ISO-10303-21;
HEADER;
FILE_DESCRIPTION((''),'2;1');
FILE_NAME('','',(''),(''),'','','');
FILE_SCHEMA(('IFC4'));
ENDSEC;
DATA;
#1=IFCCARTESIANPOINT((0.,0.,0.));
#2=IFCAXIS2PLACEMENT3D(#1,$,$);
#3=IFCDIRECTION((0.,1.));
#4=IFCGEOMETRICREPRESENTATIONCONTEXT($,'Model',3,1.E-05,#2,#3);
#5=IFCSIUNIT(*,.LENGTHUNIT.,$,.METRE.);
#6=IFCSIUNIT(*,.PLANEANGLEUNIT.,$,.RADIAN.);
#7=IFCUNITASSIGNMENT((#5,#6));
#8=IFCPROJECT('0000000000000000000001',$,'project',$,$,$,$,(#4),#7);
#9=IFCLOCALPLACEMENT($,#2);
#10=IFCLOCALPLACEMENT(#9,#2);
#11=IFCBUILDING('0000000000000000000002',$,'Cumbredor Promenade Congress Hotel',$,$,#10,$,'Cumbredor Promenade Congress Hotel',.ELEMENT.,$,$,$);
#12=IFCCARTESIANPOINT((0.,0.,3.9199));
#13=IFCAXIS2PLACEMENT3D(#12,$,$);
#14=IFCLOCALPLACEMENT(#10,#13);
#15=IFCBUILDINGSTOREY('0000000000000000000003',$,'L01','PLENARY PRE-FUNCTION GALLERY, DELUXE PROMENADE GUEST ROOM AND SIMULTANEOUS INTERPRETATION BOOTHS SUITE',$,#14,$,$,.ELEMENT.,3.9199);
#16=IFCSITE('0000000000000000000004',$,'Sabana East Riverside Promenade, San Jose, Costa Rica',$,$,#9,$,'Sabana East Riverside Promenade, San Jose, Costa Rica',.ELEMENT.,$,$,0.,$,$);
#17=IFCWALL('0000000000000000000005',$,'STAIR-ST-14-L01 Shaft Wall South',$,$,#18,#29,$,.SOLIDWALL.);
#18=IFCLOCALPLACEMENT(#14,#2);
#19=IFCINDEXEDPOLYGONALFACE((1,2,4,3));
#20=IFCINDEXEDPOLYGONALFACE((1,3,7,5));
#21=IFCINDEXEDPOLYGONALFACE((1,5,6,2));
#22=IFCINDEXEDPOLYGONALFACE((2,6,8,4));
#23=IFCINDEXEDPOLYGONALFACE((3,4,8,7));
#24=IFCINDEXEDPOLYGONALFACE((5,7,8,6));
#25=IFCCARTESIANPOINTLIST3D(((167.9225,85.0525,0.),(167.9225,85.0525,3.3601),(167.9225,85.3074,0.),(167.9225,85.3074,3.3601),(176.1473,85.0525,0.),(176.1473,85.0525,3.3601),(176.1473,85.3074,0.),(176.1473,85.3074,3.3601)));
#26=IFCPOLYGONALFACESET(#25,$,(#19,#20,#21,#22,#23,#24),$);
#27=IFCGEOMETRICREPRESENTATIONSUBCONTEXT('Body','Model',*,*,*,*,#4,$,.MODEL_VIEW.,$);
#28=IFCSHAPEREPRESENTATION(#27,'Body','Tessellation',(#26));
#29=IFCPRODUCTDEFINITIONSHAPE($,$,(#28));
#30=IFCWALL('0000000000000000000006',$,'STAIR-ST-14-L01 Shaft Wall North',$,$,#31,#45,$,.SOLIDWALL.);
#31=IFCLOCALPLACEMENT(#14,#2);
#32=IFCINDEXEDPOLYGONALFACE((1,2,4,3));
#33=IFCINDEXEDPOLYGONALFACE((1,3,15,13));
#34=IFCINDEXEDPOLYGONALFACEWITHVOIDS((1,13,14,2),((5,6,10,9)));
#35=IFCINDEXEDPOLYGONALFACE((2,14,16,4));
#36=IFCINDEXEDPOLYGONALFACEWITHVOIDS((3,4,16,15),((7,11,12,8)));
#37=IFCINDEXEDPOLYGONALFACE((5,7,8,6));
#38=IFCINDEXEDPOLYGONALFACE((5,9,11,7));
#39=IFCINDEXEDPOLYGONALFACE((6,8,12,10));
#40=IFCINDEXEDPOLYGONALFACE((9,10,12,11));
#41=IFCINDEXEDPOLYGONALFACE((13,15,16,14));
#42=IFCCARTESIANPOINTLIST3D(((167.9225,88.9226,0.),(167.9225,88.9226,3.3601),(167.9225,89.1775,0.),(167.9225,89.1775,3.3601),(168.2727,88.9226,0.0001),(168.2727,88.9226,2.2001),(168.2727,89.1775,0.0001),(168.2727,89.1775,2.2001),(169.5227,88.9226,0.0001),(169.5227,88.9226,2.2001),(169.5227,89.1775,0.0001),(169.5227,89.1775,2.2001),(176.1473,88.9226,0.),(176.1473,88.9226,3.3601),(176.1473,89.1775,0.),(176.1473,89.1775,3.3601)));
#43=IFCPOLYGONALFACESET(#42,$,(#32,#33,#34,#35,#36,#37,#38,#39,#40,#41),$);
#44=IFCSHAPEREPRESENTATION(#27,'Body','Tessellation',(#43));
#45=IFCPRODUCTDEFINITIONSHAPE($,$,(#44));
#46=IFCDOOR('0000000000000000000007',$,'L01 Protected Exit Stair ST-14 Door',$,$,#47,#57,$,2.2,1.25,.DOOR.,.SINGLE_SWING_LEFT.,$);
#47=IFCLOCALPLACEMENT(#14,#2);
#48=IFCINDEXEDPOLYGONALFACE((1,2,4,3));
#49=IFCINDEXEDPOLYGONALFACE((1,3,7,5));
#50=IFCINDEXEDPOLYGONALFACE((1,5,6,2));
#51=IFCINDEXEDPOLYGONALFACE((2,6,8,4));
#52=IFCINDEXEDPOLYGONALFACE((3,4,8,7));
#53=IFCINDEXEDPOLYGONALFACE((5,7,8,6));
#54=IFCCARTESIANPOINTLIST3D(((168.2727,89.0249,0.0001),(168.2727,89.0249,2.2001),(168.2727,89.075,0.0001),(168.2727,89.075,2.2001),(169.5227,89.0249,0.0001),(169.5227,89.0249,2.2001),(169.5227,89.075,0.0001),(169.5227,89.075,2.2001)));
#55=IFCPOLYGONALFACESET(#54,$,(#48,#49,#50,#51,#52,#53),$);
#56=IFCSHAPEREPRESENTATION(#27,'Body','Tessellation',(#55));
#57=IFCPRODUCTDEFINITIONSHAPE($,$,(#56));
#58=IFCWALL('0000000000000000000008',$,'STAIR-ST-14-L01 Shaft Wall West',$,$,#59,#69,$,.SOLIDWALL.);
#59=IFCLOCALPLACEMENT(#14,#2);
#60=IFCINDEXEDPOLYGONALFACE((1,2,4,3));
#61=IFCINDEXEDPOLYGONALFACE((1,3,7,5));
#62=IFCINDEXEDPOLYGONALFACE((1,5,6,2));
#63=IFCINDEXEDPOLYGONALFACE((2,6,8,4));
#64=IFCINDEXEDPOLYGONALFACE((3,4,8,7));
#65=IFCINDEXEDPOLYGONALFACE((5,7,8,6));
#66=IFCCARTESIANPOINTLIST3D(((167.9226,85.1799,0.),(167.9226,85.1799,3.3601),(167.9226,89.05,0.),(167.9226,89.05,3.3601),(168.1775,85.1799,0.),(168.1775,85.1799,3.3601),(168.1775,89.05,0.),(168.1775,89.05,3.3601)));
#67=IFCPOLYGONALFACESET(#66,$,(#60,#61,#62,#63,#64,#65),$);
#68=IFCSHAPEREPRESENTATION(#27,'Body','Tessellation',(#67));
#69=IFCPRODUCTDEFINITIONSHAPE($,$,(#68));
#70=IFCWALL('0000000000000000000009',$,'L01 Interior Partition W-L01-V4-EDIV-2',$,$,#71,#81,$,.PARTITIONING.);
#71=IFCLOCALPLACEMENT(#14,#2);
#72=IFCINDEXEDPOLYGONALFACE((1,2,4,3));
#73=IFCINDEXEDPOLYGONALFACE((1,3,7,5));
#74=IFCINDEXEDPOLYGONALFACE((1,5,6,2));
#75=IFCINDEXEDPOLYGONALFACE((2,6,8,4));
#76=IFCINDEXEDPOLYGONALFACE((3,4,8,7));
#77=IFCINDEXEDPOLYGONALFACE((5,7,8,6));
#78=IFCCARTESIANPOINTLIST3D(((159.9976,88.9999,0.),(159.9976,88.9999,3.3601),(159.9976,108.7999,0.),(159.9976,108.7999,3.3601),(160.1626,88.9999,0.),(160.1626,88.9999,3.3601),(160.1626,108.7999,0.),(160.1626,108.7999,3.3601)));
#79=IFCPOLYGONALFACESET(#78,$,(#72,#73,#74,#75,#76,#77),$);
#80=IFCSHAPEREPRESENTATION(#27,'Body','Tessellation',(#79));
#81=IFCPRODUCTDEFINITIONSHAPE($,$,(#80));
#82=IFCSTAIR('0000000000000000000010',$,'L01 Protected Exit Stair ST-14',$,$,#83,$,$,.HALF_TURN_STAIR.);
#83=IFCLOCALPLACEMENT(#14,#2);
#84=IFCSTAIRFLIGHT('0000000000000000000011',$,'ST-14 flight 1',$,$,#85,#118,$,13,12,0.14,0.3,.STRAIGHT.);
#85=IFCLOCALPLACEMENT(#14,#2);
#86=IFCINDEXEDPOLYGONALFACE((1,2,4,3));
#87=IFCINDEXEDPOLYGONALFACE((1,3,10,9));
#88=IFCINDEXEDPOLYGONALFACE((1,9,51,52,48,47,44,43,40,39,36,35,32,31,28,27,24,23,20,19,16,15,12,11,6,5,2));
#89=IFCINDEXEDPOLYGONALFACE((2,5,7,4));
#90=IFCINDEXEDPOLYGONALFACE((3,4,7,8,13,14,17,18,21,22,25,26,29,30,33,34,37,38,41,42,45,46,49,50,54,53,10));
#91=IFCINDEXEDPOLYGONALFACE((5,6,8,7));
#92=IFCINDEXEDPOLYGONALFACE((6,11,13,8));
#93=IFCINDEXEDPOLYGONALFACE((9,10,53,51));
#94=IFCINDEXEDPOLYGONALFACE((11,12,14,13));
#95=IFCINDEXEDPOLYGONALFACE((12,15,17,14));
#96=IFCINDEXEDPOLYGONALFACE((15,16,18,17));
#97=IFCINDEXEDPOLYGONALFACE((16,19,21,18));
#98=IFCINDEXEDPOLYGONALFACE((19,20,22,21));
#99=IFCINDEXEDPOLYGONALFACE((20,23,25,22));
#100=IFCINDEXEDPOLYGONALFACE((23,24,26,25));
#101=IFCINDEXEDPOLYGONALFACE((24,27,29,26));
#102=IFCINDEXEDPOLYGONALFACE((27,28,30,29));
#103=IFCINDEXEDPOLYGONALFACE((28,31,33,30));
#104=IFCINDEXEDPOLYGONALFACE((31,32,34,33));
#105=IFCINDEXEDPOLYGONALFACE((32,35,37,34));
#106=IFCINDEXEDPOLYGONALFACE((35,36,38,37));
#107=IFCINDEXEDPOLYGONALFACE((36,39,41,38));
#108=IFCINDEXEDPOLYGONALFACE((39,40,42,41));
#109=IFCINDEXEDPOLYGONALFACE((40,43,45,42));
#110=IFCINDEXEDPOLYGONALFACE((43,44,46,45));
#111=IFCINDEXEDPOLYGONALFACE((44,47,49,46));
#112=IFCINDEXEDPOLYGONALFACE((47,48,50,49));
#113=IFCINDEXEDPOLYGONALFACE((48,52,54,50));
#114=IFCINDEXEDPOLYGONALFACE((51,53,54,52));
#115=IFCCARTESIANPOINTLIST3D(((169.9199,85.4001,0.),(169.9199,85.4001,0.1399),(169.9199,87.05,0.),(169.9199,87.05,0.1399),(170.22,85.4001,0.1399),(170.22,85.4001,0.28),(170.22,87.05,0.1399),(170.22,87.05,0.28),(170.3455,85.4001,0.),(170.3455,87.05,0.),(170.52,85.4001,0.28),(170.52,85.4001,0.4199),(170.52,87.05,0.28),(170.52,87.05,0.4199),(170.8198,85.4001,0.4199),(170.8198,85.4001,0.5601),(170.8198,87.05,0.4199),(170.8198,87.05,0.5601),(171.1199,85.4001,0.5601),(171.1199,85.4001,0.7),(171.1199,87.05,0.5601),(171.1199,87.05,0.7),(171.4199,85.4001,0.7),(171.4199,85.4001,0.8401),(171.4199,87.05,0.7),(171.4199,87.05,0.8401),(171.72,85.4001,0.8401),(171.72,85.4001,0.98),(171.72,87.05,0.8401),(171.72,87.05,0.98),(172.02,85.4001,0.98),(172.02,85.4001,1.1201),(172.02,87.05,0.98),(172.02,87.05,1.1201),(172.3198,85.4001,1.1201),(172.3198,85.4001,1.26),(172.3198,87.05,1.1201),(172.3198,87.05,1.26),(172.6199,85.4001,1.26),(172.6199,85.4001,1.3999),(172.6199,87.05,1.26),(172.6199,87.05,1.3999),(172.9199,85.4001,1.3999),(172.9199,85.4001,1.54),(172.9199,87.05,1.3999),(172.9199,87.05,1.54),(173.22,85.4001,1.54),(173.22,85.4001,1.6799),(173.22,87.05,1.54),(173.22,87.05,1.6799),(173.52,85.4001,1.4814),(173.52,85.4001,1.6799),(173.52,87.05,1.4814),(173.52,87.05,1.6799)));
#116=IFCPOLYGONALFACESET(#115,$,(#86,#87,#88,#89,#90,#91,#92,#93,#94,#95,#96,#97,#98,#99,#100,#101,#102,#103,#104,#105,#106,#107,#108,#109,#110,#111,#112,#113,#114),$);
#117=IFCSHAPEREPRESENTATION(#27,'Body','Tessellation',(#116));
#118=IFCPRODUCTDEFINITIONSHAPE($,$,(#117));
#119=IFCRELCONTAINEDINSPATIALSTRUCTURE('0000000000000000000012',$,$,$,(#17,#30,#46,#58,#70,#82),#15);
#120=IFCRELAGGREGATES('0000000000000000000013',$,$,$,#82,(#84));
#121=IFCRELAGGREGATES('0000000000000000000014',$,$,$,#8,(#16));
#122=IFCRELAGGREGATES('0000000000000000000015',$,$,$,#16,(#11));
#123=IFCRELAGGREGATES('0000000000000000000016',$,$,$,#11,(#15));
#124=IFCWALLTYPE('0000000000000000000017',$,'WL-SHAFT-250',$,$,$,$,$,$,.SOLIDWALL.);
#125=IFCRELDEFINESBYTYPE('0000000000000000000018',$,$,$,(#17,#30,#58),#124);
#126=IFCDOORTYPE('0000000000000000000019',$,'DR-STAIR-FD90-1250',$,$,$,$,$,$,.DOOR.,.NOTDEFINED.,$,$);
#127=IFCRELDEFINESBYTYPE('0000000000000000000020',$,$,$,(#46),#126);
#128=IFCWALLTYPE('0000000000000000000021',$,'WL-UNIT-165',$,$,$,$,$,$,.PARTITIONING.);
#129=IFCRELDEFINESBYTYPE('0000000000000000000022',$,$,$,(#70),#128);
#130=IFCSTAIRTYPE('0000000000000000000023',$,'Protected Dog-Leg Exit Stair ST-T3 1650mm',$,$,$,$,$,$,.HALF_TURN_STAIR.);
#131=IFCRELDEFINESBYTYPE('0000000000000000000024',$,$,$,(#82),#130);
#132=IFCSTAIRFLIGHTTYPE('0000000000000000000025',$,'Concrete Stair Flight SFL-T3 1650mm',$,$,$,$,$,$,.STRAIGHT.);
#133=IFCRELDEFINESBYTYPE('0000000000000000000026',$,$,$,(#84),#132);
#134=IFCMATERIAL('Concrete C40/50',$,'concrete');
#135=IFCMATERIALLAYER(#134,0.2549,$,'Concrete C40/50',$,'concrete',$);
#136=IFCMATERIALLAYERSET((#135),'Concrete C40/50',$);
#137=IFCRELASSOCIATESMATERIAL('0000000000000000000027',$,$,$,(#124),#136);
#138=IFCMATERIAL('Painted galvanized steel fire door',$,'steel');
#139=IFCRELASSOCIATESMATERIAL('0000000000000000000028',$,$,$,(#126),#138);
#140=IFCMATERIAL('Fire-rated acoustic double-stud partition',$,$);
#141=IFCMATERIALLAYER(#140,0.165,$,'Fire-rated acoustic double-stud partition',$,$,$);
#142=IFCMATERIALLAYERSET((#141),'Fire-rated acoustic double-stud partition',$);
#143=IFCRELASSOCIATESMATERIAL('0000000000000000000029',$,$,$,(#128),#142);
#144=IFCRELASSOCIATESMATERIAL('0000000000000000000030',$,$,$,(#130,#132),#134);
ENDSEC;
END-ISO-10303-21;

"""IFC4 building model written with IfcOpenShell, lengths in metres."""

from ifc_helpers import new_model, si_unit, direction, frame, frame_2d, origin, place, context, subcontext, project, spatial, polyline, rectangle, outline, extrude, material, layer, layer_set, type_object, element, fill, aggregate, save


model = new_model("IFC4")

# Units and contexts
model_context = context("Model", 3, precision=1e-05, world=origin(), true_north=direction((0.0, 1.0)))
body_context = subcontext(model_context, "Body", "Model", "MODEL_VIEW")
ifc_project = project(units=[si_unit("LENGTHUNIT", "METRE"), si_unit("PLANEANGLEUNIT", "RADIAN")], contexts=[model_context])

# Site, building, storey
site_placement = place(None, origin())
site = spatial("IfcSite", under=ifc_project, at=site_placement, Name="Sabana East Riverside Promenade, San Jose, Costa Rica", LongName="Sabana East Riverside Promenade, San Jose, Costa Rica", CompositionType="ELEMENT", RefElevation=0.0)
building_placement = place(site_placement, origin())
building = spatial("IfcBuilding", under=site, at=building_placement, Name="Cumbredor Promenade Congress Hotel", LongName="Cumbredor Promenade Congress Hotel", CompositionType="ELEMENT")
storey_placement = place(building_placement, frame((0.0, 0.0, 3.9199)))
storey = spatial("IfcBuildingStorey", under=building, at=storey_placement, Name="L01", Description="PLENARY PRE-FUNCTION GALLERY, DELUXE PROMENADE GUEST ROOM AND SIMULTANEOUS INTERPRETATION BOOTHS SUITE", CompositionType="ELEMENT", Elevation=3.9199)

# Shared definitions
ifc_material_1 = material(Name="Concrete C40/50", Category="concrete")

# Wall
ifc_layer_1 = layer(ifc_material_1, 0.2549, Name="Concrete C40/50", Category="concrete")
ifc_layer_set_1 = layer_set([ifc_layer_1], Name="Concrete C40/50")
wall_type_1 = type_object("IfcWallType", Name="WL-SHAFT-250", PredefinedType="SOLIDWALL", material=ifc_layer_set_1)
wall_1_placement = place(storey_placement, frame((167.9226, 85.1799, 0.0), z_axis=(0.0, 0.0, 1.0), x_axis=(1.0, 0.0, 0.0)))
element("IfcWall", 1, at=wall_1_placement, inside=storey, type_object=wall_type_1, Name="STAIR-ST-14-L01 Shaft Wall South", PredefinedType="SOLIDWALL", context=body_context, shape_type="SweptSolid", body=[
    extrude(rectangle(XDim=8.2249, YDim=0.2549, at=frame_2d((4.1123, 0.0))), origin(), (0.0, 0.0, 1.0), 3.3601),
])

# Wall, opening, door
wall_2_placement = place(storey_placement, frame((167.9226, 89.05, 0.0), z_axis=(0.0, 0.0, 1.0), x_axis=(1.0, 0.0, 0.0)))
wall_2 = element("IfcWall", 2, at=wall_2_placement, inside=storey, type_object=wall_type_1, Name="STAIR-ST-14-L01 Shaft Wall North", PredefinedType="SOLIDWALL", context=body_context, shape_type="SweptSolid", body=[
    extrude(rectangle(XDim=8.2249, YDim=0.2549, at=frame_2d((4.1123, 0.0))), origin(), (0.0, 0.0, 1.0), 3.3601),
])
opening_1_placement = place(wall_2_placement, frame((0.3501, 0.0, 0.0)))
opening_1 = element("IfcOpeningElement", 3, at=opening_1_placement, cuts=wall_2, PredefinedType="OPENING", context=body_context, shape_type="SweptSolid", body=[
    extrude(rectangle(XDim=1.25, YDim=2.2, at=frame_2d((0.625, 1.1001))), frame((0.0, 0.1375, 0.0), z_axis=(0.0, -1.0, 0.0), x_axis=(1.0, 0.0, 0.0)), (0.0, 0.0, 1.0), 0.2749),
])
ifc_material_2 = material(Name="Painted galvanized steel fire door", Category="steel")
door_type_1 = type_object("IfcDoorType", Name="DR-STAIR-FD90-1250", OperationType="NOTDEFINED", PredefinedType="DOOR", material=ifc_material_2)
door_1_placement = place(opening_1_placement, origin())
door_1 = element("IfcDoor", 4, at=door_1_placement, inside=storey, type_object=door_type_1, Name="L01 Protected Exit Stair ST-14 Door", OperationType="SINGLE_SWING_LEFT", OverallHeight=2.2, OverallWidth=1.25, PredefinedType="DOOR", context=body_context, shape_type="SweptSolid", body=[
    extrude(rectangle(XDim=1.25, YDim=2.2, at=frame_2d((0.625, 1.1001))), frame((0.0, 0.0249, 0.0), z_axis=(0.0, -1.0, 0.0), x_axis=(1.0, 0.0, 0.0)), (0.0, 0.0, 1.0), 0.05),
])
fill(opening_1, door_1)

# Walls
wall_3_placement = place(storey_placement, frame((168.05, 85.1799, 0.0), z_axis=(0.0, 0.0, 1.0), x_axis=(0.0, 1.0, 0.0)))
element("IfcWall", 5, at=wall_3_placement, inside=storey, type_object=wall_type_1, Name="STAIR-ST-14-L01 Shaft Wall West", PredefinedType="SOLIDWALL", context=body_context, shape_type="SweptSolid", body=[
    extrude(rectangle(XDim=3.8701, YDim=0.2549, at=frame_2d((1.9351, 0.0))), origin(), (0.0, 0.0, 1.0), 3.3601),
])
ifc_material_3 = material(Name="Fire-rated acoustic double-stud partition")
ifc_layer_2 = layer(ifc_material_3, 0.165, Name="Fire-rated acoustic double-stud partition")
ifc_layer_set_2 = layer_set([ifc_layer_2], Name="Fire-rated acoustic double-stud partition")
wall_type_2 = type_object("IfcWallType", Name="WL-UNIT-165", PredefinedType="PARTITIONING", material=ifc_layer_set_2)
wall_4_placement = place(storey_placement, frame((160.0801, 89.0, 0.0), z_axis=(0.0, 0.0, 1.0), x_axis=(0.0, 1.0, 0.0)))
element("IfcWall", 6, at=wall_4_placement, inside=storey, type_object=wall_type_2, Name="L01 Interior Partition W-L01-V4-EDIV-2", PredefinedType="PARTITIONING", context=body_context, shape_type="SweptSolid", body=[
    extrude(rectangle(XDim=19.8, YDim=0.165, at=frame_2d((9.8999, 0.0))), origin(), (0.0, 0.0, 1.0), 3.3601),
])

# Stair, stair flight
stair_type = type_object("IfcStairType", Name="Protected Dog-Leg Exit Stair ST-T3 1650mm", PredefinedType="HALF_TURN_STAIR", material=ifc_material_1)
stair_placement = place(storey_placement, origin())
stair = element("IfcStair", 7, at=stair_placement, inside=storey, type_object=stair_type, Name="L01 Protected Exit Stair ST-14", PredefinedType="HALF_TURN_STAIR")
stair_flight_type = type_object("IfcStairFlightType", Name="Concrete Stair Flight SFL-T3 1650mm", PredefinedType="STRAIGHT", material=ifc_material_1)
stair_flight_placement = place(storey_placement, frame((169.9199, 86.2251, 0.0), z_axis=(0.0, 0.0, 1.0), x_axis=(1.0, 0.0, 0.0)))
stair_flight = element("IfcStairFlight", 8, at=stair_flight_placement, type_object=stair_flight_type, Name="ST-14 flight 1", NumberOfRisers=13, NumberOfTreads=12, PredefinedType="STRAIGHT", RiserHeight=0.14, TreadLength=0.3, context=body_context, shape_type="SweptSolid", body=[
    extrude(outline(polyline([(0.0, 0.0), (0.0, 0.1399), (0.3, 0.1399), (0.3, 0.28), (0.6001, 0.28), (0.6001, 0.4199), (0.8999, 0.4199), (0.8999, 0.5601), (1.2, 0.5601), (1.2, 0.7), (1.5, 0.7), (1.5, 0.8401), (1.8, 0.8401), (1.8, 0.98), (2.1001, 0.98), (2.1001, 1.1201), (2.3999, 1.1201), (2.3999, 1.26), (2.7, 1.26), (2.7, 1.3999), (3.0, 1.3999), (3.0, 1.54), (3.3, 1.54), (3.3, 1.6799), (3.6001, 1.6799), (3.6001, 1.8201), (3.6001, 1.4814), (0.4255, 0.0), (0.0, 0.0)])), frame((0.0, 0.825, 0.0), z_axis=(0.0, -1.0, 0.0), x_axis=(1.0, 0.0, 0.0)), (0.0, 0.0, 1.0), 1.6499),
])
aggregate(stair, [stair_flight])

save(model, "model.ifc")
